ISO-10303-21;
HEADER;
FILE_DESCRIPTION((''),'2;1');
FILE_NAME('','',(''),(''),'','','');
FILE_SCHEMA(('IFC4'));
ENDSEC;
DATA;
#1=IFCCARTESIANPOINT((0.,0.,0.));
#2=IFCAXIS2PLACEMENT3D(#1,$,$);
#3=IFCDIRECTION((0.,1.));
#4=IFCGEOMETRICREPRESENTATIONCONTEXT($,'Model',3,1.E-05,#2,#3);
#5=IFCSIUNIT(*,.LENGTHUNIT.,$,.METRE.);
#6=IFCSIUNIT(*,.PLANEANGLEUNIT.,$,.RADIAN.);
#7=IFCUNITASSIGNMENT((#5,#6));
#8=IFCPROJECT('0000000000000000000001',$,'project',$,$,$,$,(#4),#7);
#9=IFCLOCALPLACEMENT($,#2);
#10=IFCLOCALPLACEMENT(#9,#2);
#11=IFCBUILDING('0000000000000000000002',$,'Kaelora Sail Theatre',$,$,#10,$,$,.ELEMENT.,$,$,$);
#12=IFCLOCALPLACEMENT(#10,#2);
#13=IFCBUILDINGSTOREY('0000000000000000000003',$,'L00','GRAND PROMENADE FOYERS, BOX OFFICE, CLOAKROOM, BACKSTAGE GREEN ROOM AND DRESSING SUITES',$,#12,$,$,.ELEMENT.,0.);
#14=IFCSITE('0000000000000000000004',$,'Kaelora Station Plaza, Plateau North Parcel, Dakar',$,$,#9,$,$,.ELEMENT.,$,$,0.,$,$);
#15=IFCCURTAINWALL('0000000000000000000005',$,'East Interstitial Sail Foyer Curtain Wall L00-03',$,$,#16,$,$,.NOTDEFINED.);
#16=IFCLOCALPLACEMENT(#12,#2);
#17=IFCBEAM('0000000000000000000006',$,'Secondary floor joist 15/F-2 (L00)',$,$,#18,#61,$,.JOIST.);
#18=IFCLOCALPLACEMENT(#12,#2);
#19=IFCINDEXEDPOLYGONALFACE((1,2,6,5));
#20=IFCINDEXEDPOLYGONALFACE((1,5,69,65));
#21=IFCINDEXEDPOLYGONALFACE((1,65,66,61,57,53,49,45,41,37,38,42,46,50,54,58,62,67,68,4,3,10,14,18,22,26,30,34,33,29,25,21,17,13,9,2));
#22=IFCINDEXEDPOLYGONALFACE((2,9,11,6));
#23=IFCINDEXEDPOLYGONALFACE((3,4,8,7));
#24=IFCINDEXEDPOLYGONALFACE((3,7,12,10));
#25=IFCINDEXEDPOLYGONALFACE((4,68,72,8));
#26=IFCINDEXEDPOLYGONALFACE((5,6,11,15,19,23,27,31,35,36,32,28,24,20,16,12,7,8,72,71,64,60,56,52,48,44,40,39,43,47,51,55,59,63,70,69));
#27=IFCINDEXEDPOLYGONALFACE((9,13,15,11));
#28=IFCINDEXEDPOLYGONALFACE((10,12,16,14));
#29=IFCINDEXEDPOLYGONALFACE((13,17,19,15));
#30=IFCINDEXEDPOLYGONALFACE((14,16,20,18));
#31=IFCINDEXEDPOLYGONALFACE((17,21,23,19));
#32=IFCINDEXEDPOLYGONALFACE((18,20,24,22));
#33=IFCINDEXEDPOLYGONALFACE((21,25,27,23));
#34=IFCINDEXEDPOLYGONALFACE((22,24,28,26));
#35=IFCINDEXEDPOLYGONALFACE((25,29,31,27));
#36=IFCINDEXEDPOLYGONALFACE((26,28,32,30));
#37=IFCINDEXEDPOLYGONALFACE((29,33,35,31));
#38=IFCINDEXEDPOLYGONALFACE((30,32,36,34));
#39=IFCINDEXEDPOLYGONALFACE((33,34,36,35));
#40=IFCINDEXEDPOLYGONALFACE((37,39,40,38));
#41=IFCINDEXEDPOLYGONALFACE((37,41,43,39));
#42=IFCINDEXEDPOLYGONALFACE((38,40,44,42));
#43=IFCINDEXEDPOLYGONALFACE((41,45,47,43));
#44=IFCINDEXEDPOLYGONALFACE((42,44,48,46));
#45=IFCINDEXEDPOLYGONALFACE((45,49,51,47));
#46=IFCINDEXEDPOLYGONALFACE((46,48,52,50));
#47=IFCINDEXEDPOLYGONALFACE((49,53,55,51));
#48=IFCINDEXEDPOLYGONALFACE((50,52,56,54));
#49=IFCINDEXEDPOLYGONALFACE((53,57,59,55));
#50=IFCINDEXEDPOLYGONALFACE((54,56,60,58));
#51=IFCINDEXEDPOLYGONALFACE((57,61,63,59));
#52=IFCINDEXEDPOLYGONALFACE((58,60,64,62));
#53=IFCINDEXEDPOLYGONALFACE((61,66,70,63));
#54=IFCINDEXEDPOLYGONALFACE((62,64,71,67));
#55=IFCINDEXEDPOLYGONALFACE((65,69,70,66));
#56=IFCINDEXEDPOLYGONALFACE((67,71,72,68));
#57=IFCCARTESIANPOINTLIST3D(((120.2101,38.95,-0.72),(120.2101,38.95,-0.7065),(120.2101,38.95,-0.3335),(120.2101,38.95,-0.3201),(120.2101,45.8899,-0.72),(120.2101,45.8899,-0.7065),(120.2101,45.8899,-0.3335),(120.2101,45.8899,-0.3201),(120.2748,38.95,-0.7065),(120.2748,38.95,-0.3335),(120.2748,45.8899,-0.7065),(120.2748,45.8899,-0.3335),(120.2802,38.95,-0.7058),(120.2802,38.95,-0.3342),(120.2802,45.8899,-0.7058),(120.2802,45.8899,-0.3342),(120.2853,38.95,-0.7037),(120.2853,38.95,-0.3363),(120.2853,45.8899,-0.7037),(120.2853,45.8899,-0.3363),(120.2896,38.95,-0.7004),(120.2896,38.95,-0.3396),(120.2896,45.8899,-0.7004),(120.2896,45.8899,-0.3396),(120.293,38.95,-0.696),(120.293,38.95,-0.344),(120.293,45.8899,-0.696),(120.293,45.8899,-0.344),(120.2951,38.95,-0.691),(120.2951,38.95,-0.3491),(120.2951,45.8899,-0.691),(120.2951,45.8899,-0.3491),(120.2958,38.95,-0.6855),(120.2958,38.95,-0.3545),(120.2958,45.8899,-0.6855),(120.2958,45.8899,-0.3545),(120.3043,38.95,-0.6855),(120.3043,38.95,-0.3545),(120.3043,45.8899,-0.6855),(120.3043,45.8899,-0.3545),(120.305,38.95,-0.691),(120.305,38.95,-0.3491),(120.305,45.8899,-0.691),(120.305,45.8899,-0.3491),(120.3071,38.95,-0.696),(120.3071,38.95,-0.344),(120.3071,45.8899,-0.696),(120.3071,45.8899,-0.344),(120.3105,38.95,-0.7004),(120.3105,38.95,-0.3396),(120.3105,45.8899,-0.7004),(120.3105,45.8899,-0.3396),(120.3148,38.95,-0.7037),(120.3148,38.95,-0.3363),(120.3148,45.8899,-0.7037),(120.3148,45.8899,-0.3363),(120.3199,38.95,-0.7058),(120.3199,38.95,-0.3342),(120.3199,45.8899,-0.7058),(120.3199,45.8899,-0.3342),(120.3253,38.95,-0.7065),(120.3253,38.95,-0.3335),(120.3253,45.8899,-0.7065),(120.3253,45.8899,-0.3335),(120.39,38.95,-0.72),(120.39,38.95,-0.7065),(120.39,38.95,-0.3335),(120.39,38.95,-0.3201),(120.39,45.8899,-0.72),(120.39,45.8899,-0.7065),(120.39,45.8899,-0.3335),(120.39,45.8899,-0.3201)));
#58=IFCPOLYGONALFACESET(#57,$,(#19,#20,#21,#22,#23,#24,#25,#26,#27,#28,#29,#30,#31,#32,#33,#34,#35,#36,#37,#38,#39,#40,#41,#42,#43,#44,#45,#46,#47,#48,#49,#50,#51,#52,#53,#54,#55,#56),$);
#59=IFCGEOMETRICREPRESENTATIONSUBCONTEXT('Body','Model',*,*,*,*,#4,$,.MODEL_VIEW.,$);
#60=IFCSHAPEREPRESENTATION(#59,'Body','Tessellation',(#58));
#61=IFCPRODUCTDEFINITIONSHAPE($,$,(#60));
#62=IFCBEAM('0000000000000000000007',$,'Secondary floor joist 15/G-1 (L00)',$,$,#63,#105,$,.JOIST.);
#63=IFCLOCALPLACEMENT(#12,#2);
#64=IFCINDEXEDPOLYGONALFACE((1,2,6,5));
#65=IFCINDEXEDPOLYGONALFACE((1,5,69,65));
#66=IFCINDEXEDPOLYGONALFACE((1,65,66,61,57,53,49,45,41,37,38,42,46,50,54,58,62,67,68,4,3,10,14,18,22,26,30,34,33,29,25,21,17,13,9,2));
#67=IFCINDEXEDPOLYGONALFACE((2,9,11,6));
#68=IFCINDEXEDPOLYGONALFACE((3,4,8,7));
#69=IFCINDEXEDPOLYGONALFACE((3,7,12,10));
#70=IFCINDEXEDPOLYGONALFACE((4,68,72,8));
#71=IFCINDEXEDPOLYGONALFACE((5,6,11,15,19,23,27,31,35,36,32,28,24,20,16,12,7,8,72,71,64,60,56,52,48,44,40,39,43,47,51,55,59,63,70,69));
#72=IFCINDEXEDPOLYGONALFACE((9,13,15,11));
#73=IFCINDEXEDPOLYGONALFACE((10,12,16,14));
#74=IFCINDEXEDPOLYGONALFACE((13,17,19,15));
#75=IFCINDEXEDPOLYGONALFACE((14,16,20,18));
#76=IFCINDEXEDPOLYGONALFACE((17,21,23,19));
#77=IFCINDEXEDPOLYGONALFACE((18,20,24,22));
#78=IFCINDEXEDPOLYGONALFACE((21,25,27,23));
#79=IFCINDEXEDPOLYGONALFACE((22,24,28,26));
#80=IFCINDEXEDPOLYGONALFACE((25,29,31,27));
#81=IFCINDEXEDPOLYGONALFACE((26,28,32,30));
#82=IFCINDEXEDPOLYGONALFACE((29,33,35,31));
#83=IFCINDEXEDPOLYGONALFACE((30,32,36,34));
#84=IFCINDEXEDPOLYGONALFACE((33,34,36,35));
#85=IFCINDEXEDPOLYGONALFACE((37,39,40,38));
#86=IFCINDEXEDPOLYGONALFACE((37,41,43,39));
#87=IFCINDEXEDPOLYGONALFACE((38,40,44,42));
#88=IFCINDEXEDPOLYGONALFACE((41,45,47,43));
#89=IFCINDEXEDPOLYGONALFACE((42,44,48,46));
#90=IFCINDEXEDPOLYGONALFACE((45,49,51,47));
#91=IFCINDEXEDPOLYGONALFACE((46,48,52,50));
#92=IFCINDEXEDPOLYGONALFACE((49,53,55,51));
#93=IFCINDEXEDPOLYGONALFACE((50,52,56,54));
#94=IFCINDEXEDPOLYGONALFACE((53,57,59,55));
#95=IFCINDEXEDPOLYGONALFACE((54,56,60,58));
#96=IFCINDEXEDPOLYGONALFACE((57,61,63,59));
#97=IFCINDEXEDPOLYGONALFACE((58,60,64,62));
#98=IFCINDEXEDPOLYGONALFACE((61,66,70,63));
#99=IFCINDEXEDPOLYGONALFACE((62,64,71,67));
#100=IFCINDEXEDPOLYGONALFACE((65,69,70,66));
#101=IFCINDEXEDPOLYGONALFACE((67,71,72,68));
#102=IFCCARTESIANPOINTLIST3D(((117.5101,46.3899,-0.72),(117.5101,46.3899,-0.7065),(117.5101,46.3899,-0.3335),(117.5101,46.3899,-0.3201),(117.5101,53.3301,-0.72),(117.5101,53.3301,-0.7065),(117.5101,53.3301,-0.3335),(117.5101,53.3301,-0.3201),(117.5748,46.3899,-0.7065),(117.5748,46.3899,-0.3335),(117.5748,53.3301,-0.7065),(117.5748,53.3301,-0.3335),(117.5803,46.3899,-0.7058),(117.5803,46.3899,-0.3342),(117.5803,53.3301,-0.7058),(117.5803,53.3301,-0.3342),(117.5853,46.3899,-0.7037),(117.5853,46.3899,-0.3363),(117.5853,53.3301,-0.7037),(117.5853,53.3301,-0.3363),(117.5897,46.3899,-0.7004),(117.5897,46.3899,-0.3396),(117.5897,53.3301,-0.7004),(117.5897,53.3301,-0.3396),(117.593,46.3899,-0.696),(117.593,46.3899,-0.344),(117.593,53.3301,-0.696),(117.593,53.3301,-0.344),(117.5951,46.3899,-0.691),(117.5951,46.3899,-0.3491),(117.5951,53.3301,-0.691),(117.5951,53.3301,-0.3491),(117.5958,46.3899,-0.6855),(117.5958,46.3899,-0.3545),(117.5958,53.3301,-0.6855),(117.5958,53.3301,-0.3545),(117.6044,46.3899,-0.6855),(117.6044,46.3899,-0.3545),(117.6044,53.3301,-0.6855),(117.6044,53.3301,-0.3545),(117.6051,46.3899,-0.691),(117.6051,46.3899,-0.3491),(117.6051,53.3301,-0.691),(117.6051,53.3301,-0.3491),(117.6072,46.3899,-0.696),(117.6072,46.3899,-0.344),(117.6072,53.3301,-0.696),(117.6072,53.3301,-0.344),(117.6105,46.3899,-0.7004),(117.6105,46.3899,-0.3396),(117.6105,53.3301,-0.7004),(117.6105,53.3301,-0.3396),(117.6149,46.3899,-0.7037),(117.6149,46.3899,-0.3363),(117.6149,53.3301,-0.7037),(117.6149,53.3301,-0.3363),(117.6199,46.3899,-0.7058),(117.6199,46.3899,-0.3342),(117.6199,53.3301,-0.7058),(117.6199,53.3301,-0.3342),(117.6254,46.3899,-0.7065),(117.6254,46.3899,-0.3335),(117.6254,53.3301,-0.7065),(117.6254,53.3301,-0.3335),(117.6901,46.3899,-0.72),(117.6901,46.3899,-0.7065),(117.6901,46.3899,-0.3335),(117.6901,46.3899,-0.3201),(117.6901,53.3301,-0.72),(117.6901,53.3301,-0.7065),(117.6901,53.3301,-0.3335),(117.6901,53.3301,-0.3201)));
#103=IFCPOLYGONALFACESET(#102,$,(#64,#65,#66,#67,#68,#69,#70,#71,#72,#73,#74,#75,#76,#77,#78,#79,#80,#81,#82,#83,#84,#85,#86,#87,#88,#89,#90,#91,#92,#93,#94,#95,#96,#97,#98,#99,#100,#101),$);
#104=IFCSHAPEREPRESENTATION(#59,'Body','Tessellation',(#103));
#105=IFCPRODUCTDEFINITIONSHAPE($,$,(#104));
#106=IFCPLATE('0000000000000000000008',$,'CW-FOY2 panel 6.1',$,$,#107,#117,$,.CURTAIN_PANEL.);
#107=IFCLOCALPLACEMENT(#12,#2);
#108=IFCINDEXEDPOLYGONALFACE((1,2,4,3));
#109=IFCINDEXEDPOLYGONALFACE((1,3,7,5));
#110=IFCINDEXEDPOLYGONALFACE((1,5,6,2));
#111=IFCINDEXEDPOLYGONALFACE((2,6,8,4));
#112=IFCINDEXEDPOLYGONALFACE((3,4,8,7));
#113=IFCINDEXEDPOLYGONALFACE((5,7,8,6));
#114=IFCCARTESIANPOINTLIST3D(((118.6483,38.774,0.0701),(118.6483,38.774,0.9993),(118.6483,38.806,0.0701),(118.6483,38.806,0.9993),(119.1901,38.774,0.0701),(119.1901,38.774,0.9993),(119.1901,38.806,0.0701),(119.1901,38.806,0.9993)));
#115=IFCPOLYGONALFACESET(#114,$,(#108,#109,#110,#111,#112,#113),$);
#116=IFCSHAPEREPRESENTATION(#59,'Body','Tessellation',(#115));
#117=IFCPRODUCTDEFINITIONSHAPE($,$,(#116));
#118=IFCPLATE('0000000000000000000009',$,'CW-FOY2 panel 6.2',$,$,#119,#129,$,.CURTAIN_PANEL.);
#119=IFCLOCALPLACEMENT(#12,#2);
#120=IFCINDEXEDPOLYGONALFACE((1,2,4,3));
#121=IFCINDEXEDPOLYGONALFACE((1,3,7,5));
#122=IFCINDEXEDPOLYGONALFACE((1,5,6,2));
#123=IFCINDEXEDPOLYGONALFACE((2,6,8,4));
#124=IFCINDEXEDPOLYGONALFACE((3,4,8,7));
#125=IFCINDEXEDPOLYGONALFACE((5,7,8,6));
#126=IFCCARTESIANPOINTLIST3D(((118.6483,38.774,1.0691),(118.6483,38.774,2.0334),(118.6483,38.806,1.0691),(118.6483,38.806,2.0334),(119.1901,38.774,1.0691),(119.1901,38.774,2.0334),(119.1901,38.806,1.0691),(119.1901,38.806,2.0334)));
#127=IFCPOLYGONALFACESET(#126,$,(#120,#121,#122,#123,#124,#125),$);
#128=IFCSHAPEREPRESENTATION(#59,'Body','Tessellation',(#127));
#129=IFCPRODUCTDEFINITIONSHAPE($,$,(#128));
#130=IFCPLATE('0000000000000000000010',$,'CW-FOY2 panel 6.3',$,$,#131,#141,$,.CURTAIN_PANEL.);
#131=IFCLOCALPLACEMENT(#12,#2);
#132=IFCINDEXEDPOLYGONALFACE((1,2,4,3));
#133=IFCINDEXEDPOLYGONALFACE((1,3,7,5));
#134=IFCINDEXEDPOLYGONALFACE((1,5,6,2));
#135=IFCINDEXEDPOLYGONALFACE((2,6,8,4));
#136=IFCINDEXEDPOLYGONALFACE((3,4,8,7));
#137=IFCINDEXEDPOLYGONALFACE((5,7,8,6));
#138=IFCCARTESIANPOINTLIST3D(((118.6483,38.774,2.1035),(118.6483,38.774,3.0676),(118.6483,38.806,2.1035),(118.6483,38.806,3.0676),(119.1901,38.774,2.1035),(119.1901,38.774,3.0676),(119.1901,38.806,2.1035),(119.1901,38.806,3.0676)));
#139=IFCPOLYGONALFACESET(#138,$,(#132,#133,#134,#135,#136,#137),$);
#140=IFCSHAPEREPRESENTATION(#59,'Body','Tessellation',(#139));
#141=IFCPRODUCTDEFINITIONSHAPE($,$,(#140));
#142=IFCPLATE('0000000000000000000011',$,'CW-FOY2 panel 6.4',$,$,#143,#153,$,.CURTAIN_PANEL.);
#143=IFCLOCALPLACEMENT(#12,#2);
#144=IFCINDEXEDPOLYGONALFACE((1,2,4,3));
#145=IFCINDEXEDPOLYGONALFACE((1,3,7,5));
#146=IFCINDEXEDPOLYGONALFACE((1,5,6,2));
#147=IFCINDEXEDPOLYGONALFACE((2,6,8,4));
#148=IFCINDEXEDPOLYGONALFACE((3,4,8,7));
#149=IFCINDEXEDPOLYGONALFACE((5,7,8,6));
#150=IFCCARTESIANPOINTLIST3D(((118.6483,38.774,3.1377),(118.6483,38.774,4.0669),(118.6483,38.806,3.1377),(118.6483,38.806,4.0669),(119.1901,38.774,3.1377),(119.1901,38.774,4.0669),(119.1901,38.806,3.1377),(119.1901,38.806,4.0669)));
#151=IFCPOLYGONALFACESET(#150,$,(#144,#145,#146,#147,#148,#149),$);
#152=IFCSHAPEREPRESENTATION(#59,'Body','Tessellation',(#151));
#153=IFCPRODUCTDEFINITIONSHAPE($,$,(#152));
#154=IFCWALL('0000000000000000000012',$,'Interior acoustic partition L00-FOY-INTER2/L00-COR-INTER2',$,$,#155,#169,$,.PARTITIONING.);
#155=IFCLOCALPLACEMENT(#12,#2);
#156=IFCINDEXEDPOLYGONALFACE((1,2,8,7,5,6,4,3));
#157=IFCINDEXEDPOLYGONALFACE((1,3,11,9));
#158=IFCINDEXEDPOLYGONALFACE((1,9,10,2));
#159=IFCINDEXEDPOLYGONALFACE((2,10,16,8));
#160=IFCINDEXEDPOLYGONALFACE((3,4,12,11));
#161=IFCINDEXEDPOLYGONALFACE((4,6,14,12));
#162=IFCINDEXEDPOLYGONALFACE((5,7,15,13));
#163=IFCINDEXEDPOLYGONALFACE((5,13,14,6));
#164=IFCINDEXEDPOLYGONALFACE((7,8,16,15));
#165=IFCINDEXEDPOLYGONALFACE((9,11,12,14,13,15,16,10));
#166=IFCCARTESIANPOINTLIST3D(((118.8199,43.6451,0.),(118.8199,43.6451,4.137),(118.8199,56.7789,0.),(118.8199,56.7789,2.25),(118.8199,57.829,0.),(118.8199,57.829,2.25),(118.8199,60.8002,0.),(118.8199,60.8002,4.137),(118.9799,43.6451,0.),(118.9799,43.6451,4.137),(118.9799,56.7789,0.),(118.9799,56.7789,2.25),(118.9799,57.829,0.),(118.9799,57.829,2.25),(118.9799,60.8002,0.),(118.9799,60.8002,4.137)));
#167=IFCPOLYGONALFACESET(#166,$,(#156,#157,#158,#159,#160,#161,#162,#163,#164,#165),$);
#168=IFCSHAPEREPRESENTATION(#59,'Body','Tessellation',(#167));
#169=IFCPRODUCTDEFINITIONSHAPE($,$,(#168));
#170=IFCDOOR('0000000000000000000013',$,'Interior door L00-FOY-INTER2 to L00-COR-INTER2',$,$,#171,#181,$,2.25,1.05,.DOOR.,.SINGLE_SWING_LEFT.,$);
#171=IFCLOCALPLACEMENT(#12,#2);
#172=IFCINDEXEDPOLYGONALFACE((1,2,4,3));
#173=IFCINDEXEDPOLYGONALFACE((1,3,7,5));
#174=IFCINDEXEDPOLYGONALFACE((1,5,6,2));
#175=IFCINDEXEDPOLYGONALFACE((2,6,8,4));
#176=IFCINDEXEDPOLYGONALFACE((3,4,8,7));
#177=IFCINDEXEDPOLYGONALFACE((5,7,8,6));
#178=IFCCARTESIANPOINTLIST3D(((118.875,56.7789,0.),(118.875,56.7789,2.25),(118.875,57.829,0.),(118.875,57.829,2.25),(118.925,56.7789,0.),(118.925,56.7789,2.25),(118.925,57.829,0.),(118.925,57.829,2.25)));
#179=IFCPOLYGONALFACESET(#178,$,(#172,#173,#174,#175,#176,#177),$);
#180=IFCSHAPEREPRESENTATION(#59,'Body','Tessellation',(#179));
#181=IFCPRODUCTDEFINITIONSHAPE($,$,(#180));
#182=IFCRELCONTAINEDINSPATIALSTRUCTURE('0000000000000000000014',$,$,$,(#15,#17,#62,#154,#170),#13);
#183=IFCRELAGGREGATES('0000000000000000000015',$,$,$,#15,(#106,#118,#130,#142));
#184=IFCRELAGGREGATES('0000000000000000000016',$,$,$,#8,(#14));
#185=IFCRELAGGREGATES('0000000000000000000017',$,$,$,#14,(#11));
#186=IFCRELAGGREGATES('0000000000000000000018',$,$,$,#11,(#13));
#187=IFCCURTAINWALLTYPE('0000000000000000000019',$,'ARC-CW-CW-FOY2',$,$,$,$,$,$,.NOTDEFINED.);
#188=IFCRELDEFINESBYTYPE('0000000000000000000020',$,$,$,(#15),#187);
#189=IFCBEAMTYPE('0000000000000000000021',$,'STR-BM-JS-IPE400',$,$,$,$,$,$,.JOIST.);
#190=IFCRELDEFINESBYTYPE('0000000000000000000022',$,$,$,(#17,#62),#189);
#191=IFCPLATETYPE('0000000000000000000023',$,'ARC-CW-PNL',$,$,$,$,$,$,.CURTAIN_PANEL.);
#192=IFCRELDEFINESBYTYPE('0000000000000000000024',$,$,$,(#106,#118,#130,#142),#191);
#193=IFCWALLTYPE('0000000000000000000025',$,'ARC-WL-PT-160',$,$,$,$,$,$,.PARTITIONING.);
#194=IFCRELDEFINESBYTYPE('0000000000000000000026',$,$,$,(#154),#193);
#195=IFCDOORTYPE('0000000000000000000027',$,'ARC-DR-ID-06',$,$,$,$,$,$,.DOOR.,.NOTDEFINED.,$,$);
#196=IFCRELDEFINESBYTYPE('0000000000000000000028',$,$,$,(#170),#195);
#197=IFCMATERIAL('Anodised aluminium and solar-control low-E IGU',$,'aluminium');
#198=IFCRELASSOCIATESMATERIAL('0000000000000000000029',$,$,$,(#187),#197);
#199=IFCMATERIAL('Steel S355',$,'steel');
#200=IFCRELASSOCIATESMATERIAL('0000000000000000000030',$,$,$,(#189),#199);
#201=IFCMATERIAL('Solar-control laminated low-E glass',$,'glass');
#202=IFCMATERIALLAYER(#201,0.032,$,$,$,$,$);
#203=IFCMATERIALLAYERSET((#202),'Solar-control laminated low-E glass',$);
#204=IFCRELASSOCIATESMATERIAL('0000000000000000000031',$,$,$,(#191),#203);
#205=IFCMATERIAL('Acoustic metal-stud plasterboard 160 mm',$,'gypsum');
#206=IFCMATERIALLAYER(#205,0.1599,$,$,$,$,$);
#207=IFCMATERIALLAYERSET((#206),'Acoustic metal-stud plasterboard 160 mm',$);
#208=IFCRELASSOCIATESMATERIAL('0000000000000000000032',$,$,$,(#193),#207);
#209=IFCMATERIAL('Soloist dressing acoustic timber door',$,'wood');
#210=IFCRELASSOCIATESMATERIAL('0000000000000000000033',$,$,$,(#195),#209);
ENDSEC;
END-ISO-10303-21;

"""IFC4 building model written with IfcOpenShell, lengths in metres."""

from ifc_helpers import new_model, si_unit, direction, frame, frame_2d, origin, origin_2d, place, context, subcontext, project, spatial, rectangle, i_section, extrude, material, layer, layer_set, material_profile, profile_set, type_object, element, fill, aggregate, save


model = new_model("IFC4")

# Units and contexts
model_context = context("Model", 3, precision=1e-05, world=origin(), true_north=direction((0.0, 1.0)))
body_context = subcontext(model_context, "Body", "Model", "MODEL_VIEW")
ifc_project = project(units=[si_unit("LENGTHUNIT", "METRE"), si_unit("PLANEANGLEUNIT", "RADIAN")], contexts=[model_context])

# Site, building, storey
site_placement = place(None, origin())
site = spatial("IfcSite", under=ifc_project, at=site_placement, Name="Kaelora Station Plaza, Plateau North Parcel, Dakar", CompositionType="ELEMENT", RefElevation=0.0)
building_placement = place(site_placement, origin())
building = spatial("IfcBuilding", under=site, at=building_placement, Name="Kaelora Sail Theatre", CompositionType="ELEMENT")
storey_placement = place(building_placement, origin())
storey = spatial("IfcBuildingStorey", under=building, at=storey_placement, Name="L00", Description="GRAND PROMENADE FOYERS, BOX OFFICE, CLOAKROOM, BACKSTAGE GREEN ROOM AND DRESSING SUITES", CompositionType="ELEMENT", Elevation=0.0)

# Curtain wall
ifc_material_1 = material(Name="Anodised aluminium and solar-control low-E IGU", Category="aluminium")
curtain_wall_type = type_object("IfcCurtainWallType", Name="ARC-CW-CW-FOY2", PredefinedType="NOTDEFINED", material=ifc_material_1)
curtain_wall_placement = place(storey_placement, origin())
curtain_wall = element("IfcCurtainWall", 1, at=curtain_wall_placement, inside=storey, type_object=curtain_wall_type, Name="East Interstitial Sail Foyer Curtain Wall L00-03", PredefinedType="NOTDEFINED")

# Beams
ifc_material_2 = material(Name="Steel S355", Category="steel")
ifc_material_profile_1 = material_profile(ifc_material_2, i_section(OverallWidth=0.1799, OverallDepth=0.3999, WebThickness=0.0085, FlangeThickness=0.0134, FilletRadius=0.021, at=origin_2d()), Name="IPE 400")
ifc_profile_set_1 = profile_set([ifc_material_profile_1], Name="Steel S355")
beam_type_1 = type_object("IfcBeamType", Name="STR-BM-JS-IPE400", PredefinedType="JOIST", material=ifc_profile_set_1)
beam_1_placement = place(storey_placement, frame((120.3, 38.95, -0.52), z_axis=(0.0, 1.0, 0.0), x_axis=(-1.0, 0.0, 0.0)))
element("IfcBeam", 2, at=beam_1_placement, inside=storey, type_object=beam_type_1, Name="Secondary floor joist 15/F-2 (L00)", PredefinedType="JOIST", context=body_context, shape_type="SweptSolid", body=[
    extrude(i_section(OverallWidth=0.1799, OverallDepth=0.3999, WebThickness=0.0085, FlangeThickness=0.0134, FilletRadius=0.021, at=origin_2d()), origin(), (0.0, 0.0, 1.0), 6.9399),
])
beam_2_placement = place(storey_placement, frame((117.6001, 46.3899, -0.52), z_axis=(0.0, 1.0, 0.0), x_axis=(-1.0, 0.0, 0.0)))
element("IfcBeam", 3, at=beam_2_placement, inside=storey, type_object=beam_type_1, Name="Secondary floor joist 15/G-1 (L00)", PredefinedType="JOIST", context=body_context, shape_type="SweptSolid", body=[
    extrude(i_section(OverallWidth=0.1799, OverallDepth=0.3999, WebThickness=0.0085, FlangeThickness=0.0134, FilletRadius=0.021, at=origin_2d()), origin(), (0.0, 0.0, 1.0), 6.9402),
])

# Plates
ifc_material_3 = material(Name="Solar-control laminated low-E glass", Category="glass")
ifc_layer_1 = layer(ifc_material_3, 0.032)
ifc_layer_set_1 = layer_set([ifc_layer_1], Name="Solar-control laminated low-E glass")
plate_type = type_object("IfcPlateType", Name="ARC-CW-PNL", PredefinedType="CURTAIN_PANEL", material=ifc_layer_set_1)
plate_1_placement = place(storey_placement, frame((118.9192, 38.79, 0.0701), z_axis=(0.0, 0.0, 1.0), x_axis=(1.0, 0.0, 0.0)))
plate_1 = element("IfcPlate", 4, at=plate_1_placement, type_object=plate_type, Name="CW-FOY2 panel 6.1", PredefinedType="CURTAIN_PANEL", context=body_context, shape_type="SweptSolid", body=[
    extrude(rectangle(XDim=0.5417, YDim=0.032, at=origin_2d()), origin(), (0.0, 0.0, 1.0), 0.9292),
])
plate_2_placement = place(storey_placement, frame((118.9192, 38.79, 1.0691), z_axis=(0.0, 0.0, 1.0), x_axis=(1.0, 0.0, 0.0)))
plate_2 = element("IfcPlate", 5, at=plate_2_placement, type_object=plate_type, Name="CW-FOY2 panel 6.2", PredefinedType="CURTAIN_PANEL", context=body_context, shape_type="SweptSolid", body=[
    extrude(rectangle(XDim=0.5417, YDim=0.032, at=origin_2d()), origin(), (0.0, 0.0, 1.0), 0.9644),
])
plate_3_placement = place(storey_placement, frame((118.9192, 38.79, 2.1035), z_axis=(0.0, 0.0, 1.0), x_axis=(1.0, 0.0, 0.0)))
plate_3 = element("IfcPlate", 6, at=plate_3_placement, type_object=plate_type, Name="CW-FOY2 panel 6.3", PredefinedType="CURTAIN_PANEL", context=body_context, shape_type="SweptSolid", body=[
    extrude(rectangle(XDim=0.5417, YDim=0.032, at=origin_2d()), origin(), (0.0, 0.0, 1.0), 0.9641),
])
plate_4_placement = place(storey_placement, frame((118.9192, 38.79, 3.1377), z_axis=(0.0, 0.0, 1.0), x_axis=(1.0, 0.0, 0.0)))
plate_4 = element("IfcPlate", 7, at=plate_4_placement, type_object=plate_type, Name="CW-FOY2 panel 6.4", PredefinedType="CURTAIN_PANEL", context=body_context, shape_type="SweptSolid", body=[
    extrude(rectangle(XDim=0.5417, YDim=0.032, at=origin_2d()), origin(), (0.0, 0.0, 1.0), 0.9292),
])
aggregate(curtain_wall, [plate_1, plate_2, plate_3, plate_4])

# Wall, opening, door
ifc_material_4 = material(Name="Acoustic metal-stud plasterboard 160 mm", Category="gypsum")
ifc_layer_2 = layer(ifc_material_4, 0.1599)
ifc_layer_set_2 = layer_set([ifc_layer_2], Name="Acoustic metal-stud plasterboard 160 mm")
wall_type = type_object("IfcWallType", Name="ARC-WL-PT-160", PredefinedType="PARTITIONING", material=ifc_layer_set_2)
wall_placement = place(storey_placement, frame((118.8999, 43.645, 0.0), z_axis=(0.0, 0.0, 1.0), x_axis=(0.0, 1.0, 0.0)))
wall = element("IfcWall", 8, at=wall_placement, inside=storey, type_object=wall_type, Name="Interior acoustic partition L00-FOY-INTER2/L00-COR-INTER2", PredefinedType="PARTITIONING", context=body_context, shape_type="SweptSolid", body=[
    extrude(rectangle(XDim=17.155, YDim=0.1599, at=frame_2d((8.5776, 0.0))), origin(), (0.0, 0.0, 1.0), 4.137),
])
opening_placement = place(wall_placement, frame((13.134, 0.0, 0.0)))
opening = element("IfcOpeningElement", 9, at=opening_placement, cuts=wall, PredefinedType="OPENING", context=body_context, shape_type="SweptSolid", body=[
    extrude(rectangle(XDim=1.05, YDim=2.25, at=frame_2d((0.5249, 1.125))), frame((0.0, 0.0901, 0.0), z_axis=(0.0, -1.0, 0.0), x_axis=(1.0, 0.0, 0.0)), (0.0, 0.0, 1.0), 0.1799),
])
ifc_material_5 = material(Name="Soloist dressing acoustic timber door", Category="wood")
door_type = type_object("IfcDoorType", Name="ARC-DR-ID-06", OperationType="NOTDEFINED", PredefinedType="DOOR", material=ifc_material_5)
door_placement = place(opening_placement, origin())
door = element("IfcDoor", 10, at=door_placement, inside=storey, type_object=door_type, Name="Interior door L00-FOY-INTER2 to L00-COR-INTER2", OperationType="SINGLE_SWING_LEFT", OverallHeight=2.25, OverallWidth=1.05, PredefinedType="DOOR", context=body_context, shape_type="SweptSolid", body=[
    extrude(rectangle(XDim=1.05, YDim=2.25, at=frame_2d((0.5249, 1.125))), frame((0.0, 0.0249, 0.0), z_axis=(0.0, -1.0, 0.0), x_axis=(1.0, 0.0, 0.0)), (0.0, 0.0, 1.0), 0.05),
])
fill(opening, door)

save(model, "model.ifc")
